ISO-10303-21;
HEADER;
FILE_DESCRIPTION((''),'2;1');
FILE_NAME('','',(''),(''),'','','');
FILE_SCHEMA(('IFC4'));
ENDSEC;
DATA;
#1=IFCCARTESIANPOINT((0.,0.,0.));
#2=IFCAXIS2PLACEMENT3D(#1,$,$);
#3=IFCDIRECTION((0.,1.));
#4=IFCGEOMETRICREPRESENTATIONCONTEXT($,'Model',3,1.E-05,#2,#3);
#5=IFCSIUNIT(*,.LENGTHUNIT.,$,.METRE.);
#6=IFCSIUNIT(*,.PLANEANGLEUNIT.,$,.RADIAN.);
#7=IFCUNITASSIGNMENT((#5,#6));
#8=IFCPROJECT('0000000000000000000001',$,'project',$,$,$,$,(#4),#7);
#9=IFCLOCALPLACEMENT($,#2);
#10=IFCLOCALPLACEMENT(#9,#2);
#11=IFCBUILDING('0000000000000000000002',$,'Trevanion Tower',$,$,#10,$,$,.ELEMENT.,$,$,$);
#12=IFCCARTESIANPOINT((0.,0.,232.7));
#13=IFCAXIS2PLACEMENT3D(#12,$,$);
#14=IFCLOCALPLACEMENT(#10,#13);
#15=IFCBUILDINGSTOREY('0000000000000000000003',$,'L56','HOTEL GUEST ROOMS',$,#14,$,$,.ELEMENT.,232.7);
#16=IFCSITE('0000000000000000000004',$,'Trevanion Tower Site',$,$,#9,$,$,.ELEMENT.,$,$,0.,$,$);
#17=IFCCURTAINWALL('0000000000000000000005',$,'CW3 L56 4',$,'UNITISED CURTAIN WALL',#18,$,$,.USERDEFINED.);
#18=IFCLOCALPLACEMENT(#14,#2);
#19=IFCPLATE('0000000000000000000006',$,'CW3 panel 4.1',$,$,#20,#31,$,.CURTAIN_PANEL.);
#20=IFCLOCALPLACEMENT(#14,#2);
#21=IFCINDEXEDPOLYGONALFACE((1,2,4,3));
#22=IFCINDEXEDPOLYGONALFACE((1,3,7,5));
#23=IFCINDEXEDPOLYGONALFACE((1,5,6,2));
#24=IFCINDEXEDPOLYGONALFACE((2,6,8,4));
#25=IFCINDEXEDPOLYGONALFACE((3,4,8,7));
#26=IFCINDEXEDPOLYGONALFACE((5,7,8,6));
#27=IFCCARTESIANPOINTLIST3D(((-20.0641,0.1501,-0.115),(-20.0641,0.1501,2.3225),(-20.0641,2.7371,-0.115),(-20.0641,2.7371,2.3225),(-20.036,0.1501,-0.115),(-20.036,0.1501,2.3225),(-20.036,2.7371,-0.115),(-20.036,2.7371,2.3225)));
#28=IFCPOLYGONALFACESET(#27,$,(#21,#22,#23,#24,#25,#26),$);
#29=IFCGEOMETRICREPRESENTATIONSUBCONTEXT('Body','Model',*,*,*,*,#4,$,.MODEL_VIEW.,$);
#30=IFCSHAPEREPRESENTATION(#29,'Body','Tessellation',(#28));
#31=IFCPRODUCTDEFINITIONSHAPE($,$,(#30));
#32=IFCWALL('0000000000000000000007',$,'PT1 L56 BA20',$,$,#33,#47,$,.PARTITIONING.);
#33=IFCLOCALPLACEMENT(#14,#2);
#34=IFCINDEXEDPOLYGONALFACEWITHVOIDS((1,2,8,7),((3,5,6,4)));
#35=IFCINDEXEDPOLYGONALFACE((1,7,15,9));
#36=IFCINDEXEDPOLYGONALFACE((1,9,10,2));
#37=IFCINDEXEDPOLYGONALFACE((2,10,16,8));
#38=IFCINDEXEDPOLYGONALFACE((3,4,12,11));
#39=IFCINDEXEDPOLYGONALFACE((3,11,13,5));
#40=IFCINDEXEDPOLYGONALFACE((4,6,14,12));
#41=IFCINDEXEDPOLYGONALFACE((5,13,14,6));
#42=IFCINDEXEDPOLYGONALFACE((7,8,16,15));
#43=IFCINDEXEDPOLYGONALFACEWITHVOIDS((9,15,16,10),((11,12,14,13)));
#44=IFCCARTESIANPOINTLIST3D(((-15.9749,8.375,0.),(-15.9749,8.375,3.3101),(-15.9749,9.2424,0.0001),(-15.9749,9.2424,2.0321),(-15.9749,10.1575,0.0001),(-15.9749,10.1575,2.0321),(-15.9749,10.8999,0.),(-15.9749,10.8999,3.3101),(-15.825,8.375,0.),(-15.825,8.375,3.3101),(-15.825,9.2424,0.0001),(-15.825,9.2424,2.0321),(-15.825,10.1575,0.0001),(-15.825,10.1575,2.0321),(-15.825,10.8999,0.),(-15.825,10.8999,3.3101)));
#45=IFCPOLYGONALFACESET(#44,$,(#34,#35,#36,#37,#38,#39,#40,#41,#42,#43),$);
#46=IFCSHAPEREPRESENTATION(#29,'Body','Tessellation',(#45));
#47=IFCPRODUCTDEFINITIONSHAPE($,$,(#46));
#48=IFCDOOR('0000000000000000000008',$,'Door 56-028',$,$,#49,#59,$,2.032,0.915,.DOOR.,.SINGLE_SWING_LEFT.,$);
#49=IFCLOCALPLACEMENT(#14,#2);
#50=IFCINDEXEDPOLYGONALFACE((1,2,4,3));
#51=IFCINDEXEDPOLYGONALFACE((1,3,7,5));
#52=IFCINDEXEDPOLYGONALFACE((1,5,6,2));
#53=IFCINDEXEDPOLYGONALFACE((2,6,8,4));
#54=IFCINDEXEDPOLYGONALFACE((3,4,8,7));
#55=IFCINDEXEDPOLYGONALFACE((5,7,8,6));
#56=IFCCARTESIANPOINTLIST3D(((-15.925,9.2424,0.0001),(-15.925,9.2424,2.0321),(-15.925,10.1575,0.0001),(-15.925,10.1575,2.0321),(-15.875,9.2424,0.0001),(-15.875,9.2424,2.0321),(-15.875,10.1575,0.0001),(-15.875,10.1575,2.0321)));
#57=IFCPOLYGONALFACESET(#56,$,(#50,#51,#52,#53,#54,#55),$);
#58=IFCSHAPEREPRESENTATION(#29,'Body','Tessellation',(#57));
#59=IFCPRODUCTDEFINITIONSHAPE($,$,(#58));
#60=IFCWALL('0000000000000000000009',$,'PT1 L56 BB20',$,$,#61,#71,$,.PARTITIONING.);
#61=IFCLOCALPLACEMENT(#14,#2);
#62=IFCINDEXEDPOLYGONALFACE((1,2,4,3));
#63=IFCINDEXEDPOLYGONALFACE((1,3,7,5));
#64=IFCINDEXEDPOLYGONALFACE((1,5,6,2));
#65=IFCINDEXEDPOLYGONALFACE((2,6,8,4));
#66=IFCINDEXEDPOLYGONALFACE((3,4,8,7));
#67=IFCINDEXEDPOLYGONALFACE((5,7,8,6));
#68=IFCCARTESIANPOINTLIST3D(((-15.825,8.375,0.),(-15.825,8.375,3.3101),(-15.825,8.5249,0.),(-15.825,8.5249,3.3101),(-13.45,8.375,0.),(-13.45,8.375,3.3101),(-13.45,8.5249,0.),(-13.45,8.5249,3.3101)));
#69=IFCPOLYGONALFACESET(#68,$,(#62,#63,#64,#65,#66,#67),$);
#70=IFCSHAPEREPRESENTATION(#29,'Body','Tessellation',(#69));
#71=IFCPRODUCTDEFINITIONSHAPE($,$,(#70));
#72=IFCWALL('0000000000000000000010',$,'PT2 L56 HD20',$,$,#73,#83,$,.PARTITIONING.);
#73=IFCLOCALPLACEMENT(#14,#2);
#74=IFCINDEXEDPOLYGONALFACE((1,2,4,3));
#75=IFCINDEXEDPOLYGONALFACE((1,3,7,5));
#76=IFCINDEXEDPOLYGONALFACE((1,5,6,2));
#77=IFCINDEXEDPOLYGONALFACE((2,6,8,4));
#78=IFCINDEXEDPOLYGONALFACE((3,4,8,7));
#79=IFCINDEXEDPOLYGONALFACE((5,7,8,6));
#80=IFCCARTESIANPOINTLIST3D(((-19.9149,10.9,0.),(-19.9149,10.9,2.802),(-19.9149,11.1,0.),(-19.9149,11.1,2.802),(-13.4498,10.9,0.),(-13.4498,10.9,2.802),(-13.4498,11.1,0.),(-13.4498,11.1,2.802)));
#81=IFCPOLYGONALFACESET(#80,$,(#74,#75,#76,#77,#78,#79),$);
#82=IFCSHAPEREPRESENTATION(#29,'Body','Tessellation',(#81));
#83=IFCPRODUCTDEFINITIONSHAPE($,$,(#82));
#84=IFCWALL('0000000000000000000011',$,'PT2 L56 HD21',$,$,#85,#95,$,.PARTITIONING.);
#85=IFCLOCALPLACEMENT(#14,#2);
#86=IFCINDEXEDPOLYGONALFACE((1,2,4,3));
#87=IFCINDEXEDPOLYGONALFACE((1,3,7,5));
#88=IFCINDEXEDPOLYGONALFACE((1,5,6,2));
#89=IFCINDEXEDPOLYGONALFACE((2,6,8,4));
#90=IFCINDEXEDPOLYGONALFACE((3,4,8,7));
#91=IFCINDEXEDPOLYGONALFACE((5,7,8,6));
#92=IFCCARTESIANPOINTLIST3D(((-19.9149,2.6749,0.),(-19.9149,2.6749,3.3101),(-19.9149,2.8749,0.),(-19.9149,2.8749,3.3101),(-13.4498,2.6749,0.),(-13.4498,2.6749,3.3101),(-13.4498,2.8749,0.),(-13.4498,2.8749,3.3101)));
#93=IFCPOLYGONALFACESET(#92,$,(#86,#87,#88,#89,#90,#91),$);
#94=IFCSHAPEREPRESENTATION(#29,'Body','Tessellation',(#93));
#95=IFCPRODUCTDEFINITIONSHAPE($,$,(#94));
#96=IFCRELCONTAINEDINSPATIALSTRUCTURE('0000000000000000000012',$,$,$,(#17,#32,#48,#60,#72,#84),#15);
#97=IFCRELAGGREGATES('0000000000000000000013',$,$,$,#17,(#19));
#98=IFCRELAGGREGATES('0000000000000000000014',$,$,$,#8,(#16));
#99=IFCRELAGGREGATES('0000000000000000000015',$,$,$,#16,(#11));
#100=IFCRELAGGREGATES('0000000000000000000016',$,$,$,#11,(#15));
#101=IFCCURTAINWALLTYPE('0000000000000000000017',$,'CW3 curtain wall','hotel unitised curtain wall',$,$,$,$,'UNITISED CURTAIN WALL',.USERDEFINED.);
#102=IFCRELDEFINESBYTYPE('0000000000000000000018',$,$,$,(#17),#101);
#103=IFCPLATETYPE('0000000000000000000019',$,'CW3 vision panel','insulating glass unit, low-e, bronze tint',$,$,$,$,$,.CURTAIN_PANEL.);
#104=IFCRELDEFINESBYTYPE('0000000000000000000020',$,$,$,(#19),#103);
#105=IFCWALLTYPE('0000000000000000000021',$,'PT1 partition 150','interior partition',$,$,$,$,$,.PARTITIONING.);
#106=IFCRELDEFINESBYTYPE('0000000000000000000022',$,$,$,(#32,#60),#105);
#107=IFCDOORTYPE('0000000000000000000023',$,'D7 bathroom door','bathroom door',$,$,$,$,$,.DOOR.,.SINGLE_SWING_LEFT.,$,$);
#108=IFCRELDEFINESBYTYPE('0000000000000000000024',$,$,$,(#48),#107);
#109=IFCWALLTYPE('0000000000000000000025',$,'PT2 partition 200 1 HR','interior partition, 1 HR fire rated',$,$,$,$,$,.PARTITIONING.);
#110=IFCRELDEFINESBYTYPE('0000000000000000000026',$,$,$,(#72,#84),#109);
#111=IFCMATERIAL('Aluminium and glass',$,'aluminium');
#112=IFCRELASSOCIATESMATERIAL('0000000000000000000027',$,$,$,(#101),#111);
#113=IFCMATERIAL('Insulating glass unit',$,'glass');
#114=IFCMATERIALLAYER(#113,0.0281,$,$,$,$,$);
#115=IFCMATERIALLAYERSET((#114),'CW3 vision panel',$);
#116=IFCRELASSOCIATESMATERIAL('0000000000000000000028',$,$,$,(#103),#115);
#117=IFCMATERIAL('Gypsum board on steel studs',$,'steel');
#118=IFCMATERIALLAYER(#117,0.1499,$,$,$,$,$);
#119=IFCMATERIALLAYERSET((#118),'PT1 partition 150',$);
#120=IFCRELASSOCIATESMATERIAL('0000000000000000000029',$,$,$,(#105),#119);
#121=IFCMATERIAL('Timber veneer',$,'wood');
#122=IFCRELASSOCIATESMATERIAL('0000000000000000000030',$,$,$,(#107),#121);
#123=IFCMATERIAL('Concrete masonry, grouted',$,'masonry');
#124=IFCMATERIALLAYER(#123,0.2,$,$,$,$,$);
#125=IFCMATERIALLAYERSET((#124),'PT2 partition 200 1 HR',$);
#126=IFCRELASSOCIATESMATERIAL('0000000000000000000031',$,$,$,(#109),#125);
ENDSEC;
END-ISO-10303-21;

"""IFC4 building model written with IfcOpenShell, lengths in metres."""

from ifc_helpers import new_model, si_unit, direction, frame, frame_2d, origin, origin_2d, place, context, subcontext, project, spatial, rectangle, extrude, material, layer, layer_set, type_object, element, fill, aggregate, save


model = new_model("IFC4")

# Units and contexts
model_context = context("Model", 3, precision=1e-05, world=origin(), true_north=direction((0.0, 1.0)))
body_context = subcontext(model_context, "Body", "Model", "MODEL_VIEW")
ifc_project = project(units=[si_unit("LENGTHUNIT", "METRE"), si_unit("PLANEANGLEUNIT", "RADIAN")], contexts=[model_context])

# Site, building, storey
site_placement = place(None, origin())
site = spatial("IfcSite", under=ifc_project, at=site_placement, Name="Trevanion Tower Site", CompositionType="ELEMENT", RefElevation=0.0)
building_placement = place(site_placement, origin())
building = spatial("IfcBuilding", under=site, at=building_placement, Name="Trevanion Tower", CompositionType="ELEMENT")
storey_placement = place(building_placement, frame((0.0, 0.0, 232.7)))
storey = spatial("IfcBuildingStorey", under=building, at=storey_placement, Name="L56", Description="HOTEL GUEST ROOMS", CompositionType="ELEMENT", Elevation=232.7)

# Curtain wall
ifc_material_1 = material(Name="Aluminium and glass", Category="aluminium")
curtain_wall_type = type_object("IfcCurtainWallType", Name="CW3 curtain wall", Description="hotel unitised curtain wall", ElementType="UNITISED CURTAIN WALL", PredefinedType="USERDEFINED", material=ifc_material_1)
curtain_wall_placement = place(storey_placement, origin())
curtain_wall = element("IfcCurtainWall", 1, at=curtain_wall_placement, inside=storey, type_object=curtain_wall_type, Name="CW3 L56 4", ObjectType="UNITISED CURTAIN WALL", PredefinedType="USERDEFINED")

# Plate
ifc_material_2 = material(Name="Insulating glass unit", Category="glass")
ifc_layer_1 = layer(ifc_material_2, 0.0281)
ifc_layer_set_1 = layer_set([ifc_layer_1], Name="CW3 vision panel")
plate_type_1 = type_object("IfcPlateType", Name="CW3 vision panel", Description="insulating glass unit, low-e, bronze tint", PredefinedType="CURTAIN_PANEL", material=ifc_layer_set_1)
plate_1_placement = place(storey_placement, frame((-20.05, 1.4436, -0.115), z_axis=(0.0, 0.0, 1.0), x_axis=(0.0, -1.0, 0.0)))
plate_1 = element("IfcPlate", 2, at=plate_1_placement, type_object=plate_type_1, Name="CW3 panel 4.1", PredefinedType="CURTAIN_PANEL", context=body_context, shape_type="SweptSolid", body=[
    extrude(rectangle(XDim=2.5869, YDim=0.0281, at=origin_2d()), origin(), (0.0, 0.0, 1.0), 2.4375),
])
aggregate(curtain_wall, [plate_1])

# Wall, opening, door
ifc_material_3 = material(Name="Gypsum board on steel studs", Category="steel")
ifc_layer_2 = layer(ifc_material_3, 0.1499)
ifc_layer_set_2 = layer_set([ifc_layer_2], Name="PT1 partition 150")
wall_type_1 = type_object("IfcWallType", Name="PT1 partition 150", Description="interior partition", PredefinedType="PARTITIONING", material=ifc_layer_set_2)
wall_1_placement = place(storey_placement, frame((-15.8999, 10.8999, 0.0), z_axis=(0.0, 0.0, 1.0), x_axis=(0.0, -1.0, 0.0)))
wall_1 = element("IfcWall", 3, at=wall_1_placement, inside=storey, type_object=wall_type_1, Name="PT1 L56 BA20", PredefinedType="PARTITIONING", context=body_context, shape_type="SweptSolid", body=[
    extrude(rectangle(XDim=2.5249, YDim=0.1499, at=frame_2d((1.2625, 0.0))), origin(), (0.0, 0.0, 1.0), 3.3101),
])
opening_placement = place(wall_1_placement, frame((0.7424, 0.0, 0.0)))
opening = element("IfcOpeningElement", 4, at=opening_placement, cuts=wall_1, PredefinedType="OPENING", context=body_context, shape_type="SweptSolid", body=[
    extrude(rectangle(XDim=0.915, YDim=2.032, at=frame_2d((0.4575, 1.0161))), frame((0.0, 0.085, 0.0), z_axis=(0.0, -1.0, 0.0), x_axis=(1.0, 0.0, 0.0)), (0.0, 0.0, 1.0), 0.1699),
])
ifc_material_4 = material(Name="Timber veneer", Category="wood")
door_type = type_object("IfcDoorType", Name="D7 bathroom door", Description="bathroom door", OperationType="SINGLE_SWING_LEFT", PredefinedType="DOOR", material=ifc_material_4)
door_placement = place(opening_placement, origin())
door = element("IfcDoor", 5, at=door_placement, inside=storey, type_object=door_type, Name="Door 56-028", OperationType="SINGLE_SWING_LEFT", OverallHeight=2.032, OverallWidth=0.915, PredefinedType="DOOR", context=body_context, shape_type="SweptSolid", body=[
    extrude(rectangle(XDim=0.915, YDim=2.032, at=frame_2d((0.4575, 1.0161))), frame((0.0, 0.0249, 0.0), z_axis=(0.0, -1.0, 0.0), x_axis=(1.0, 0.0, 0.0)), (0.0, 0.0, 1.0), 0.05),
])
fill(opening, door)

# Walls
wall_2_placement = place(storey_placement, frame((-13.45, 8.45, 0.0), z_axis=(0.0, 0.0, 1.0), x_axis=(-1.0, 0.0, 0.0)))
element("IfcWall", 6, at=wall_2_placement, inside=storey, type_object=wall_type_1, Name="PT1 L56 BB20", PredefinedType="PARTITIONING", context=body_context, shape_type="SweptSolid", body=[
    extrude(rectangle(XDim=2.375, YDim=0.1499, at=frame_2d((1.1875, 0.0))), origin(), (0.0, 0.0, 1.0), 3.3101),
])
ifc_material_5 = material(Name="Concrete masonry, grouted", Category="masonry")
ifc_layer_3 = layer(ifc_material_5, 0.2)
ifc_layer_set_3 = layer_set([ifc_layer_3], Name="PT2 partition 200 1 HR")
wall_type_2 = type_object("IfcWallType", Name="PT2 partition 200 1 HR", Description="interior partition, 1 HR fire rated", PredefinedType="PARTITIONING", material=ifc_layer_set_3)
wall_3_placement = place(storey_placement, frame((-13.45, 11.0, 0.0), z_axis=(0.0, 0.0, 1.0), x_axis=(-1.0, 0.0, 0.0)))
element("IfcWall", 7, at=wall_3_placement, inside=storey, type_object=wall_type_2, Name="PT2 L56 HD20", PredefinedType="PARTITIONING", context=body_context, shape_type="SweptSolid", body=[
    extrude(rectangle(XDim=6.4651, YDim=0.2, at=frame_2d((3.2324, 0.0))), origin(), (0.0, 0.0, 1.0), 2.802),
])
wall_4_placement = place(storey_placement, frame((-13.45, 2.7749, 0.0), z_axis=(0.0, 0.0, 1.0), x_axis=(-1.0, 0.0, 0.0)))
element("IfcWall", 8, at=wall_4_placement, inside=storey, type_object=wall_type_2, Name="PT2 L56 HD21", PredefinedType="PARTITIONING", context=body_context, shape_type="SweptSolid", body=[
    extrude(rectangle(XDim=6.4651, YDim=0.2, at=frame_2d((3.2324, 0.0))), origin(), (0.0, 0.0, 1.0), 3.3101),
])

save(model, "model.ifc")
